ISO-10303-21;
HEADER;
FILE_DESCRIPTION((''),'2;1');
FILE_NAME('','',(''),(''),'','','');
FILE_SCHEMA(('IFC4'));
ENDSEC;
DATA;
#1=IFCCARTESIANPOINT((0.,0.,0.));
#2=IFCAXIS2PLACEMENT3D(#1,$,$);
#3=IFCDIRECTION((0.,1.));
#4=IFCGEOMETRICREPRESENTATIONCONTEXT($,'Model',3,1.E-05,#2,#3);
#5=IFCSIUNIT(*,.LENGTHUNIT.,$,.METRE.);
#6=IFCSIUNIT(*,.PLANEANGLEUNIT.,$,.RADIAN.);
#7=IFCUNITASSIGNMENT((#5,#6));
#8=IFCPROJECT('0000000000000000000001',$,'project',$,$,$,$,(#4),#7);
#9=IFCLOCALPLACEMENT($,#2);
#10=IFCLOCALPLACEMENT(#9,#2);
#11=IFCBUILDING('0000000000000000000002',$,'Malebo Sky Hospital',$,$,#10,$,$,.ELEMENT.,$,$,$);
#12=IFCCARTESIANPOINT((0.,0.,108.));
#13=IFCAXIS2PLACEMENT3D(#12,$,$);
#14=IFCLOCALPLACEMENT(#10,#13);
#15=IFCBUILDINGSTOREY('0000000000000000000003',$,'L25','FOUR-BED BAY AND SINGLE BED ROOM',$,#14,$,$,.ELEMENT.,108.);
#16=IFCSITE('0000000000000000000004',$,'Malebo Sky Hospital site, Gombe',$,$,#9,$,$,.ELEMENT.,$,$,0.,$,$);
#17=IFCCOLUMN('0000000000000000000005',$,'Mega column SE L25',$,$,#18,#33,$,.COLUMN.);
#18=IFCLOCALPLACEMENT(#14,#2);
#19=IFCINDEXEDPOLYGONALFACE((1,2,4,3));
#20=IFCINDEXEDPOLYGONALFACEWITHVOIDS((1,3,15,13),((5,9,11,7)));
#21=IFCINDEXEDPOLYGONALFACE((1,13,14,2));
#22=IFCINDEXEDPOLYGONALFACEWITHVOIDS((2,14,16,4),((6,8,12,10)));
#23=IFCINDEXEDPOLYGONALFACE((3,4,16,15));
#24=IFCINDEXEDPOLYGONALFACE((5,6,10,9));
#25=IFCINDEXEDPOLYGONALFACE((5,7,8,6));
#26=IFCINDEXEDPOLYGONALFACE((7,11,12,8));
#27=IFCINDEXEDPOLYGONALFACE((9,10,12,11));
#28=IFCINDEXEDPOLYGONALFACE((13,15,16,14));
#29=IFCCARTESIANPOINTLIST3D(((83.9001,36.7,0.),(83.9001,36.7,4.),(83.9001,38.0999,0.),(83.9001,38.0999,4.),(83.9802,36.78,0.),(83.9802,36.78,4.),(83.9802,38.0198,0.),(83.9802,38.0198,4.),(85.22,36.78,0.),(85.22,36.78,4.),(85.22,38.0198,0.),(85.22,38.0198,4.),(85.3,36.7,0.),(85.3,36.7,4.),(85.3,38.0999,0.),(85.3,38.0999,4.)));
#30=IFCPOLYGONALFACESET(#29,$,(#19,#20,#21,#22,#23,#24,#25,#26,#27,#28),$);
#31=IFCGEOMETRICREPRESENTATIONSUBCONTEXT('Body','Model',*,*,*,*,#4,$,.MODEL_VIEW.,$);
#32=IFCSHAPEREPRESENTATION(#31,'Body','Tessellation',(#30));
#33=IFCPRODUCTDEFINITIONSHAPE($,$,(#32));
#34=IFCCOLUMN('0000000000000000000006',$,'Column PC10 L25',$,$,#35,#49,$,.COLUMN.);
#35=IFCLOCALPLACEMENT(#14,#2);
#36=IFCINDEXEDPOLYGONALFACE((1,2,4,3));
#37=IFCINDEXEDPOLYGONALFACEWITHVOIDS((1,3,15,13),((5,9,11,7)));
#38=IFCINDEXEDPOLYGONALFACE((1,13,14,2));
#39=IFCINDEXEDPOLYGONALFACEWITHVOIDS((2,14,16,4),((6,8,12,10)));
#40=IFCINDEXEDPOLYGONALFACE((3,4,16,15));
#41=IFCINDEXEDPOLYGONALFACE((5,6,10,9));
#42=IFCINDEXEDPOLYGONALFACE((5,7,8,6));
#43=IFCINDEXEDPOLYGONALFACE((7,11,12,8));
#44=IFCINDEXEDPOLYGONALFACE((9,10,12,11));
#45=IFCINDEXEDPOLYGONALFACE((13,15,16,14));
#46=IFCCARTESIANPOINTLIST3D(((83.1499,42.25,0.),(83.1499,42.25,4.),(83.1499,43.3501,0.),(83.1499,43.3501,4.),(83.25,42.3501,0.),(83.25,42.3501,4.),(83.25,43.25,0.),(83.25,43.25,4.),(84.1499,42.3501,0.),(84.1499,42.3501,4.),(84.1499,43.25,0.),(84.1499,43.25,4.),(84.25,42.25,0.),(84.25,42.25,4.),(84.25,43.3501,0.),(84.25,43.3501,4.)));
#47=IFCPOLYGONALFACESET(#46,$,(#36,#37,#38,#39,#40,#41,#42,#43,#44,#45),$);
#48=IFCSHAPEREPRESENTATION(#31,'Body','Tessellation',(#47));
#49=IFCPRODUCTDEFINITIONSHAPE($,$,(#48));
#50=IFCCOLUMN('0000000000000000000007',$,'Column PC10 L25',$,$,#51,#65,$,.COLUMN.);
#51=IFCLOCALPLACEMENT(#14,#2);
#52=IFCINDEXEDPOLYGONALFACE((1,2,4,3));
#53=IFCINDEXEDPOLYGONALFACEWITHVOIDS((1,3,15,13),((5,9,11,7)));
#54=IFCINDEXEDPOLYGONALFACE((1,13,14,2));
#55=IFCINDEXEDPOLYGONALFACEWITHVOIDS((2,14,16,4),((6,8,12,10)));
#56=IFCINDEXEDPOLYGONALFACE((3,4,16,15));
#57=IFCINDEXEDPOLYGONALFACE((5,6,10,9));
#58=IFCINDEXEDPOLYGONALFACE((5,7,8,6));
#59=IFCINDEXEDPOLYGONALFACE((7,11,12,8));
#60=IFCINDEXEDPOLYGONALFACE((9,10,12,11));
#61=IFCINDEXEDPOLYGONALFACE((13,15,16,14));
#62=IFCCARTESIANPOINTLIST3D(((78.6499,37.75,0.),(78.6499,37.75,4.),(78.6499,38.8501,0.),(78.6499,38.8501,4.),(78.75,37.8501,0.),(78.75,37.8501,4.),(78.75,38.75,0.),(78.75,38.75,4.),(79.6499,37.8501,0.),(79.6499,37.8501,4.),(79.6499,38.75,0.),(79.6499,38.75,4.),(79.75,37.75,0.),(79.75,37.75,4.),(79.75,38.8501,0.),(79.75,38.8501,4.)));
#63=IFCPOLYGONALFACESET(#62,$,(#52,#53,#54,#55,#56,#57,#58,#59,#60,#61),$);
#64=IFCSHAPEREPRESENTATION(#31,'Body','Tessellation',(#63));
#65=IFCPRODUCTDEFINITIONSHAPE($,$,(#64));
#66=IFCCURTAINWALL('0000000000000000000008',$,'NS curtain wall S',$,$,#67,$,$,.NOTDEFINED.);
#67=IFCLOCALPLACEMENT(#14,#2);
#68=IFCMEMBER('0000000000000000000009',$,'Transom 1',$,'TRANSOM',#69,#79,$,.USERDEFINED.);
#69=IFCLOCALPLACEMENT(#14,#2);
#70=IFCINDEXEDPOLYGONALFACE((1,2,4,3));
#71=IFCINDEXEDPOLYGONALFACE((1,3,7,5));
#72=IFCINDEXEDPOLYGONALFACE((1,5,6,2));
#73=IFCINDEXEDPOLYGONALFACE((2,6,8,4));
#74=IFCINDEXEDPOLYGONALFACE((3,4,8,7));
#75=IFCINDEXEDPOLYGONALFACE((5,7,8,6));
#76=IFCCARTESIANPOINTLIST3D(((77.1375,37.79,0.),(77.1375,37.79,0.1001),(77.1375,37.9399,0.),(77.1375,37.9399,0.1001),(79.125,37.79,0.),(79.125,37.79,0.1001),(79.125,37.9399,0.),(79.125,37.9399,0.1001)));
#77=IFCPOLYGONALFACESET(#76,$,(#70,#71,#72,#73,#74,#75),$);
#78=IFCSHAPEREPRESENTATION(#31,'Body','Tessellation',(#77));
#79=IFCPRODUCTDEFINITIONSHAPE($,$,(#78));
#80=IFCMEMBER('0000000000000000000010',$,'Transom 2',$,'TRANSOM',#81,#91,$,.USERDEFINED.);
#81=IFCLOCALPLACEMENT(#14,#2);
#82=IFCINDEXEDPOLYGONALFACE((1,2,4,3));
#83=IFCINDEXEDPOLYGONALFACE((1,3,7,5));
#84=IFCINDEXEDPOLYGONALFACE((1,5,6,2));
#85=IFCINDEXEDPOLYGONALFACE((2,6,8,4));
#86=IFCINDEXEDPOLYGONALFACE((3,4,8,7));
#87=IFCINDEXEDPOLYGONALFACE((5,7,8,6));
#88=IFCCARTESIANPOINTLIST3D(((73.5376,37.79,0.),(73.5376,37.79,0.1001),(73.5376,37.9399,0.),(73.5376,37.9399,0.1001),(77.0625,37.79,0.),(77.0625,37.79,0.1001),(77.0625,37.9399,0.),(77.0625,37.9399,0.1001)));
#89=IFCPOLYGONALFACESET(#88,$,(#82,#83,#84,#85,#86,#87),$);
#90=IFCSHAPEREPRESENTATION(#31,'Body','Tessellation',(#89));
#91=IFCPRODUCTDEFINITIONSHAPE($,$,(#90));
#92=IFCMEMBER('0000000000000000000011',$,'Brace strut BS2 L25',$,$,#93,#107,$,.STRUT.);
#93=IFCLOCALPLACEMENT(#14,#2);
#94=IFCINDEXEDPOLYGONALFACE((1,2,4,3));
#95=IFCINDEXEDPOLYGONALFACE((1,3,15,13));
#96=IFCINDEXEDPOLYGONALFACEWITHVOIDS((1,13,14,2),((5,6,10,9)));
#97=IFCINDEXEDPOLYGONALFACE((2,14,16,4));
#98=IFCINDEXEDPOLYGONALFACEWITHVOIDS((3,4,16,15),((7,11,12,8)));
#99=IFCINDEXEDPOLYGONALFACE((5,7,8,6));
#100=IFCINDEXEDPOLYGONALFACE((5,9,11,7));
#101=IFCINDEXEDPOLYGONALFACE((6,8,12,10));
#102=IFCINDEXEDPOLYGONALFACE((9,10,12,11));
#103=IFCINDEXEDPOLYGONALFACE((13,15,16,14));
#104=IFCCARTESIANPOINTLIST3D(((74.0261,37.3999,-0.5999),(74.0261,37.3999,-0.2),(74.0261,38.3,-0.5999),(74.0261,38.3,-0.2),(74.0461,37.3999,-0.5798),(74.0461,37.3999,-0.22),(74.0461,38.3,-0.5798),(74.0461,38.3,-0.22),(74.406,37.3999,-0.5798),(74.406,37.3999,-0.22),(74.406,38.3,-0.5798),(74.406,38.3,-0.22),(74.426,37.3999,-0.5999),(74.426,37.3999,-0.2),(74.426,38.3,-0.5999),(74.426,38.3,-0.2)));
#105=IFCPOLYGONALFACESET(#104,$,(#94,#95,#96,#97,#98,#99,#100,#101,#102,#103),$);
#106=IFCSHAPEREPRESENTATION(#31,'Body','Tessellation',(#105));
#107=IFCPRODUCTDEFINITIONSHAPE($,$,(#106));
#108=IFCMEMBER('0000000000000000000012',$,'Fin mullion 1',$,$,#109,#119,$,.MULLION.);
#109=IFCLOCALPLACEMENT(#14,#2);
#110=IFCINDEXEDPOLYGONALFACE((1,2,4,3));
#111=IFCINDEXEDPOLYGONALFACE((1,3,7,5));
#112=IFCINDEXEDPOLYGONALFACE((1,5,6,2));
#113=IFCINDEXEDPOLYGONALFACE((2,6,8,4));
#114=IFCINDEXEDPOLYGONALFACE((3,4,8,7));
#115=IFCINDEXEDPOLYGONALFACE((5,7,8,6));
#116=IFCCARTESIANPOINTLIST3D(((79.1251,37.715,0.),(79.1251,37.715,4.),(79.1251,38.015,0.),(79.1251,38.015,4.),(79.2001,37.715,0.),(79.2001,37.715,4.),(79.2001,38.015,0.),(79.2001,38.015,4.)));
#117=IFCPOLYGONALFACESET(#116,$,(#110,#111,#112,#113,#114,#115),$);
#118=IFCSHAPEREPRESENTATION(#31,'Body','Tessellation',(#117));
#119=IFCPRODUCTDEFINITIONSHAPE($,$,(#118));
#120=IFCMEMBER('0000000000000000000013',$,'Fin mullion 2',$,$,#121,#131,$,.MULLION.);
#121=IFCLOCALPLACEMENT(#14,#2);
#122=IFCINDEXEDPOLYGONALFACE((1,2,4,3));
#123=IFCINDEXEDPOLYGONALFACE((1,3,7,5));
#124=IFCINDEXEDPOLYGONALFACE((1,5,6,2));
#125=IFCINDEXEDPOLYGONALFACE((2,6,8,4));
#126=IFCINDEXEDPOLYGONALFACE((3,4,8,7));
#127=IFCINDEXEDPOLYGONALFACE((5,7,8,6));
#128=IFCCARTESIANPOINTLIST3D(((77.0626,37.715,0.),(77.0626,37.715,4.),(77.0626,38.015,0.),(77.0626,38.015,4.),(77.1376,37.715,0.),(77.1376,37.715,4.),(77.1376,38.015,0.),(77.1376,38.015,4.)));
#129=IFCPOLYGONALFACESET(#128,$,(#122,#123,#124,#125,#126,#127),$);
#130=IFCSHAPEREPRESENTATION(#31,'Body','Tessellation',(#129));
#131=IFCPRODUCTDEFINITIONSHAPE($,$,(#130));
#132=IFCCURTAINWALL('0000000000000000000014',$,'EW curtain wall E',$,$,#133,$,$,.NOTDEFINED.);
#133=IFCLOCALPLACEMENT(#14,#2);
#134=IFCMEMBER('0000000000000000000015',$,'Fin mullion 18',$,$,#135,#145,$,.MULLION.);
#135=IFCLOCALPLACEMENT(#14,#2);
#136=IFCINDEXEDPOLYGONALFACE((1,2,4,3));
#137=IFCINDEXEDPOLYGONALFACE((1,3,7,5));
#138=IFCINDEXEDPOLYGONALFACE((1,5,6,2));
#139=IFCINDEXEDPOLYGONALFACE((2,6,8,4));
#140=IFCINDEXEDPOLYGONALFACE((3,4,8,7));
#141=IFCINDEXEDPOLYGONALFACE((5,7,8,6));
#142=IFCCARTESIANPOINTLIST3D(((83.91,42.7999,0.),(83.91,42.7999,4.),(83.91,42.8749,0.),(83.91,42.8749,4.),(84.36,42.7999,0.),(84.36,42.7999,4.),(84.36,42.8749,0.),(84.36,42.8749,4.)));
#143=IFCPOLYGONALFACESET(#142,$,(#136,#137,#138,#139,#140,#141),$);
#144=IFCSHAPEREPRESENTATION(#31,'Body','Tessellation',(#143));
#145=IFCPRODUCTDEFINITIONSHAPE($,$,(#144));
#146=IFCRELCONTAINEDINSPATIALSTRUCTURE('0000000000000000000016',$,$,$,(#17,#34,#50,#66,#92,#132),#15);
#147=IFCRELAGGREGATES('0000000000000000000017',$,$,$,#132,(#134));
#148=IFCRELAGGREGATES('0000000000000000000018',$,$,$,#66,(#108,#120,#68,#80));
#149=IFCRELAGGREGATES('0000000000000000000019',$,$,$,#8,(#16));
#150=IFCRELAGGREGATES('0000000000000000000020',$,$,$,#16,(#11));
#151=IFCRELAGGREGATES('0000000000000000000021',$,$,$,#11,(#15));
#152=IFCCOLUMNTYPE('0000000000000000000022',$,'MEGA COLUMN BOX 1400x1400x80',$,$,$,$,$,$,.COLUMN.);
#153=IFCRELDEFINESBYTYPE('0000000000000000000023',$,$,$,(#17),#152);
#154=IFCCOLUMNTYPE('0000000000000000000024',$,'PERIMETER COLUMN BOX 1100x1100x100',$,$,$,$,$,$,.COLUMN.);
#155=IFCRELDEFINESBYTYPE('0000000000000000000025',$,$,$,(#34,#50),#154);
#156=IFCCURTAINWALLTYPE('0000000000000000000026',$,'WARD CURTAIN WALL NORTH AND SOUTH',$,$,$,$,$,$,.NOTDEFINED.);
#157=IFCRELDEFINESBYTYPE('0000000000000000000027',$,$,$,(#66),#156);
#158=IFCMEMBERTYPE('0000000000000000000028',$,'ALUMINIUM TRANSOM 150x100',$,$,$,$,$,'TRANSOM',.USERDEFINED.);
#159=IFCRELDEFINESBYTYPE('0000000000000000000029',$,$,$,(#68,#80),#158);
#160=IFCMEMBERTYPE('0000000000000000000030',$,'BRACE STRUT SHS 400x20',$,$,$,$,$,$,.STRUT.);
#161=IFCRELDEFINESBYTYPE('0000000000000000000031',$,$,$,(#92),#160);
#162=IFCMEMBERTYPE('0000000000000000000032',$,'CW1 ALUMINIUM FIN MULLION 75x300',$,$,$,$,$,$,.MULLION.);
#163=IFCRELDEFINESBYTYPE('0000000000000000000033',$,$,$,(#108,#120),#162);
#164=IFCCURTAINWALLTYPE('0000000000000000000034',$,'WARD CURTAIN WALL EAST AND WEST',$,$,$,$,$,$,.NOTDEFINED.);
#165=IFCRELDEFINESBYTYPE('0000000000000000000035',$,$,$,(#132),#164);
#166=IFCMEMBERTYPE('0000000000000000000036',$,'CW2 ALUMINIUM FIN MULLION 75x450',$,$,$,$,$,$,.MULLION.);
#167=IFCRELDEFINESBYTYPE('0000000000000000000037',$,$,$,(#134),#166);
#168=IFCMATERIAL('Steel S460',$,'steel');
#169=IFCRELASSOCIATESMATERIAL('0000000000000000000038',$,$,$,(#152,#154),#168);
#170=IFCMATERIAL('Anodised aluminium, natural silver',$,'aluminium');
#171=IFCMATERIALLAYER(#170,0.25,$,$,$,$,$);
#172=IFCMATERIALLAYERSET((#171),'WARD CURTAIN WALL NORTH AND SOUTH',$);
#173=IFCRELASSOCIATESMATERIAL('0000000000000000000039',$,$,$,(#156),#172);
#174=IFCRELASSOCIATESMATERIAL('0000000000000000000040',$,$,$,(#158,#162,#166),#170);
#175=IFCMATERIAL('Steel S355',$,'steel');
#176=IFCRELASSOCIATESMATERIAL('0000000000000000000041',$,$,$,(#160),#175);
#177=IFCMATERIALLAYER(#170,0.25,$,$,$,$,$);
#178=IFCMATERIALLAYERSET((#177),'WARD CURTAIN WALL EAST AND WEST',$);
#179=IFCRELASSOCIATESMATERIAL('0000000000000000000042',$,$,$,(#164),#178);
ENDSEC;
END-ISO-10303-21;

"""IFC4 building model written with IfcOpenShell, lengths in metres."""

from ifc_helpers import new_model, si_unit, direction, frame, origin, origin_2d, place, context, subcontext, project, spatial, rectangle, hollow_rectangle, extrude, material, layer, layer_set, material_profile, profile_set, type_object, element, aggregate, save


model = new_model("IFC4")

# Units and contexts
model_context = context("Model", 3, precision=1e-05, world=origin(), true_north=direction((0.0, 1.0)))
body_context = subcontext(model_context, "Body", "Model", "MODEL_VIEW")
ifc_project = project(units=[si_unit("LENGTHUNIT", "METRE"), si_unit("PLANEANGLEUNIT", "RADIAN")], contexts=[model_context])

# Site, building, storey
site_placement = place(None, origin())
site = spatial("IfcSite", under=ifc_project, at=site_placement, Name="Malebo Sky Hospital site, Gombe", CompositionType="ELEMENT", RefElevation=0.0)
building_placement = place(site_placement, origin())
building = spatial("IfcBuilding", under=site, at=building_placement, Name="Malebo Sky Hospital", CompositionType="ELEMENT")
storey_placement = place(building_placement, frame((0.0, 0.0, 108.0)))
storey = spatial("IfcBuildingStorey", under=building, at=storey_placement, Name="L25", Description="FOUR-BED BAY AND SINGLE BED ROOM", CompositionType="ELEMENT", Elevation=108.0)

# Columns
ifc_material_1 = material(Name="Steel S460", Category="steel")
ifc_material_profile_1 = material_profile(ifc_material_1, hollow_rectangle(XDim=1.3999, YDim=1.3999, WallThickness=0.0801, at=origin_2d()), Name="BOX 1400x1400x80")
ifc_profile_set_1 = profile_set([ifc_material_profile_1], Name="Steel S460")
column_type_1 = type_object("IfcColumnType", Name="MEGA COLUMN BOX 1400x1400x80", PredefinedType="COLUMN", material=ifc_profile_set_1)
column_placement = place(storey_placement, frame((84.6001, 37.3999, 0.0), z_axis=(0.0, 0.0, 1.0), x_axis=(1.0, 0.0, 0.0)))
element("IfcColumn", 1, at=column_placement, inside=storey, type_object=column_type_1, Name="Mega column SE L25", PredefinedType="COLUMN", context=body_context, shape_type="SweptSolid", body=[
    extrude(hollow_rectangle(XDim=1.3999, YDim=1.3999, WallThickness=0.0801, at=origin_2d()), origin(), (0.0, 0.0, 1.0), 4.0),
])
ifc_material_profile_2 = material_profile(ifc_material_1, hollow_rectangle(XDim=1.1001, YDim=1.1001, WallThickness=0.1001, at=origin_2d()), Name="BOX 1100x1100x100")
ifc_profile_set_2 = profile_set([ifc_material_profile_2], Name="Steel S460")
column_type_2 = type_object("IfcColumnType", Name="PERIMETER COLUMN BOX 1100x1100x100", PredefinedType="COLUMN", material=ifc_profile_set_2)
for number, where, z_axis, x_axis, name in (
    (2, (83.7, 42.8, 0.0), (0.0, 0.0, 1.0), (1.0, 0.0, 0.0), "Column PC10 L25"),
    (3, (79.2, 38.3, 0.0), (0.0, 0.0, 1.0), (1.0, 0.0, 0.0), "Column PC10 L25"),
):
    element("IfcColumn", number, at=place(storey_placement, frame(where, z_axis=z_axis, x_axis=x_axis)), inside=storey, type_object=column_type_2, Name=name, PredefinedType="COLUMN", context=body_context, shape_type="SweptSolid", body=[
        extrude(hollow_rectangle(XDim=1.1001, YDim=1.1001, WallThickness=0.1001, at=origin_2d()), origin(), (0.0, 0.0, 1.0), 4.0),
    ])

# Curtain wall, members
ifc_material_2 = material(Name="Anodised aluminium, natural silver", Category="aluminium")
ifc_layer_1 = layer(ifc_material_2, 0.25)
ifc_layer_set_1 = layer_set([ifc_layer_1], Name="WARD CURTAIN WALL NORTH AND SOUTH")
curtain_wall_type_1 = type_object("IfcCurtainWallType", Name="WARD CURTAIN WALL NORTH AND SOUTH", PredefinedType="NOTDEFINED", material=ifc_layer_set_1)
curtain_wall_1_placement = place(storey_placement, origin())
curtain_wall_1 = element("IfcCurtainWall", 4, at=curtain_wall_1_placement, inside=storey, type_object=curtain_wall_type_1, Name="NS curtain wall S", PredefinedType="NOTDEFINED")
ifc_material_profile_3 = material_profile(ifc_material_2, rectangle(XDim=0.1499, YDim=0.1001, at=origin_2d()), Name="ALUMINIUM TRANSOM 150x100")
ifc_profile_set_3 = profile_set([ifc_material_profile_3], Name="Anodised aluminium, natural silver")
member_type_1 = type_object("IfcMemberType", Name="ALUMINIUM TRANSOM 150x100", ElementType="TRANSOM", PredefinedType="USERDEFINED", material=ifc_profile_set_3)
member_1_placement = place(storey_placement, frame((79.125, 37.865, 0.05), z_axis=(-1.0, 0.0, 0.0), x_axis=(0.0, -1.0, 0.0)))
member_1 = element("IfcMember", 5, at=member_1_placement, type_object=member_type_1, Name="Transom 1", ObjectType="TRANSOM", PredefinedType="USERDEFINED", context=body_context, shape_type="SweptSolid", body=[
    extrude(rectangle(XDim=0.1499, YDim=0.1001, at=origin_2d()), origin(), (0.0, 0.0, 1.0), 1.9875),
])
member_2_placement = place(storey_placement, frame((77.0625, 37.865, 0.05), z_axis=(-1.0, 0.0, 0.0), x_axis=(0.0, -1.0, 0.0)))
member_2 = element("IfcMember", 6, at=member_2_placement, type_object=member_type_1, Name="Transom 2", ObjectType="TRANSOM", PredefinedType="USERDEFINED", context=body_context, shape_type="SweptSolid", body=[
    extrude(rectangle(XDim=0.1499, YDim=0.1001, at=origin_2d()), origin(), (0.0, 0.0, 1.0), 3.5249),
])

# Members
ifc_material_3 = material(Name="Steel S355", Category="steel")
ifc_material_profile_4 = material_profile(ifc_material_3, hollow_rectangle(XDim=0.3999, YDim=0.3999, WallThickness=0.02, at=origin_2d()), Name="SHS 400x20")
ifc_profile_set_4 = profile_set([ifc_material_profile_4], Name="Steel S355")
member_type_2 = type_object("IfcMemberType", Name="BRACE STRUT SHS 400x20", PredefinedType="STRUT", material=ifc_profile_set_4)
member_3_placement = place(storey_placement, frame((74.2261, 37.3999, -0.3999), z_axis=(0.0, 1.0, 0.0), x_axis=(-1.0, 0.0, 0.0)))
element("IfcMember", 7, at=member_3_placement, inside=storey, type_object=member_type_2, Name="Brace strut BS2 L25", PredefinedType="STRUT", context=body_context, shape_type="SweptSolid", body=[
    extrude(hollow_rectangle(XDim=0.3999, YDim=0.3999, WallThickness=0.02, at=origin_2d()), origin(), (0.0, 0.0, 1.0), 0.9001),
])
ifc_material_profile_5 = material_profile(ifc_material_2, rectangle(XDim=0.075, YDim=0.3, at=origin_2d()), Name="CW1 ALUMINIUM FIN MULLION 75x300")
ifc_profile_set_5 = profile_set([ifc_material_profile_5], Name="Anodised aluminium, natural silver")
member_type_3 = type_object("IfcMemberType", Name="CW1 ALUMINIUM FIN MULLION 75x300", PredefinedType="MULLION", material=ifc_profile_set_5)
member_4_placement = place(storey_placement, frame((79.1626, 37.865, 0.0), z_axis=(0.0, 0.0, 1.0), x_axis=(-1.0, 0.0, 0.0)))
member_4 = element("IfcMember", 8, at=member_4_placement, type_object=member_type_3, Name="Fin mullion 1", PredefinedType="MULLION", context=body_context, shape_type="SweptSolid", body=[
    extrude(rectangle(XDim=0.075, YDim=0.3, at=origin_2d()), origin(), (0.0, 0.0, 1.0), 4.0),
])
member_5_placement = place(storey_placement, frame((77.1001, 37.865, 0.0), z_axis=(0.0, 0.0, 1.0), x_axis=(-1.0, 0.0, 0.0)))
member_5 = element("IfcMember", 9, at=member_5_placement, type_object=member_type_3, Name="Fin mullion 2", PredefinedType="MULLION", context=body_context, shape_type="SweptSolid", body=[
    extrude(rectangle(XDim=0.075, YDim=0.3, at=origin_2d()), origin(), (0.0, 0.0, 1.0), 4.0),
])

# Curtain wall, member
ifc_layer_2 = layer(ifc_material_2, 0.25)
ifc_layer_set_2 = layer_set([ifc_layer_2], Name="WARD CURTAIN WALL EAST AND WEST")
curtain_wall_type_2 = type_object("IfcCurtainWallType", Name="WARD CURTAIN WALL EAST AND WEST", PredefinedType="NOTDEFINED", material=ifc_layer_set_2)
curtain_wall_2_placement = place(storey_placement, origin())
curtain_wall_2 = element("IfcCurtainWall", 10, at=curtain_wall_2_placement, inside=storey, type_object=curtain_wall_type_2, Name="EW curtain wall E", PredefinedType="NOTDEFINED")
ifc_material_profile_6 = material_profile(ifc_material_2, rectangle(XDim=0.075, YDim=0.45, at=origin_2d()), Name="CW2 ALUMINIUM FIN MULLION 75x450")
ifc_profile_set_6 = profile_set([ifc_material_profile_6], Name="Anodised aluminium, natural silver")
member_type_4 = type_object("IfcMemberType", Name="CW2 ALUMINIUM FIN MULLION 75x450", PredefinedType="MULLION", material=ifc_profile_set_6)
member_6_placement = place(storey_placement, frame((84.135, 42.8374, 0.0), z_axis=(0.0, 0.0, 1.0), x_axis=(0.0, -1.0, 0.0)))
member_6 = element("IfcMember", 11, at=member_6_placement, type_object=member_type_4, Name="Fin mullion 18", PredefinedType="MULLION", context=body_context, shape_type="SweptSolid", body=[
    extrude(rectangle(XDim=0.075, YDim=0.45, at=origin_2d()), origin(), (0.0, 0.0, 1.0), 4.0),
])
aggregate(curtain_wall_2, [member_6])

aggregate(curtain_wall_1, [member_4, member_5, member_1, member_2])

save(model, "model.ifc")
